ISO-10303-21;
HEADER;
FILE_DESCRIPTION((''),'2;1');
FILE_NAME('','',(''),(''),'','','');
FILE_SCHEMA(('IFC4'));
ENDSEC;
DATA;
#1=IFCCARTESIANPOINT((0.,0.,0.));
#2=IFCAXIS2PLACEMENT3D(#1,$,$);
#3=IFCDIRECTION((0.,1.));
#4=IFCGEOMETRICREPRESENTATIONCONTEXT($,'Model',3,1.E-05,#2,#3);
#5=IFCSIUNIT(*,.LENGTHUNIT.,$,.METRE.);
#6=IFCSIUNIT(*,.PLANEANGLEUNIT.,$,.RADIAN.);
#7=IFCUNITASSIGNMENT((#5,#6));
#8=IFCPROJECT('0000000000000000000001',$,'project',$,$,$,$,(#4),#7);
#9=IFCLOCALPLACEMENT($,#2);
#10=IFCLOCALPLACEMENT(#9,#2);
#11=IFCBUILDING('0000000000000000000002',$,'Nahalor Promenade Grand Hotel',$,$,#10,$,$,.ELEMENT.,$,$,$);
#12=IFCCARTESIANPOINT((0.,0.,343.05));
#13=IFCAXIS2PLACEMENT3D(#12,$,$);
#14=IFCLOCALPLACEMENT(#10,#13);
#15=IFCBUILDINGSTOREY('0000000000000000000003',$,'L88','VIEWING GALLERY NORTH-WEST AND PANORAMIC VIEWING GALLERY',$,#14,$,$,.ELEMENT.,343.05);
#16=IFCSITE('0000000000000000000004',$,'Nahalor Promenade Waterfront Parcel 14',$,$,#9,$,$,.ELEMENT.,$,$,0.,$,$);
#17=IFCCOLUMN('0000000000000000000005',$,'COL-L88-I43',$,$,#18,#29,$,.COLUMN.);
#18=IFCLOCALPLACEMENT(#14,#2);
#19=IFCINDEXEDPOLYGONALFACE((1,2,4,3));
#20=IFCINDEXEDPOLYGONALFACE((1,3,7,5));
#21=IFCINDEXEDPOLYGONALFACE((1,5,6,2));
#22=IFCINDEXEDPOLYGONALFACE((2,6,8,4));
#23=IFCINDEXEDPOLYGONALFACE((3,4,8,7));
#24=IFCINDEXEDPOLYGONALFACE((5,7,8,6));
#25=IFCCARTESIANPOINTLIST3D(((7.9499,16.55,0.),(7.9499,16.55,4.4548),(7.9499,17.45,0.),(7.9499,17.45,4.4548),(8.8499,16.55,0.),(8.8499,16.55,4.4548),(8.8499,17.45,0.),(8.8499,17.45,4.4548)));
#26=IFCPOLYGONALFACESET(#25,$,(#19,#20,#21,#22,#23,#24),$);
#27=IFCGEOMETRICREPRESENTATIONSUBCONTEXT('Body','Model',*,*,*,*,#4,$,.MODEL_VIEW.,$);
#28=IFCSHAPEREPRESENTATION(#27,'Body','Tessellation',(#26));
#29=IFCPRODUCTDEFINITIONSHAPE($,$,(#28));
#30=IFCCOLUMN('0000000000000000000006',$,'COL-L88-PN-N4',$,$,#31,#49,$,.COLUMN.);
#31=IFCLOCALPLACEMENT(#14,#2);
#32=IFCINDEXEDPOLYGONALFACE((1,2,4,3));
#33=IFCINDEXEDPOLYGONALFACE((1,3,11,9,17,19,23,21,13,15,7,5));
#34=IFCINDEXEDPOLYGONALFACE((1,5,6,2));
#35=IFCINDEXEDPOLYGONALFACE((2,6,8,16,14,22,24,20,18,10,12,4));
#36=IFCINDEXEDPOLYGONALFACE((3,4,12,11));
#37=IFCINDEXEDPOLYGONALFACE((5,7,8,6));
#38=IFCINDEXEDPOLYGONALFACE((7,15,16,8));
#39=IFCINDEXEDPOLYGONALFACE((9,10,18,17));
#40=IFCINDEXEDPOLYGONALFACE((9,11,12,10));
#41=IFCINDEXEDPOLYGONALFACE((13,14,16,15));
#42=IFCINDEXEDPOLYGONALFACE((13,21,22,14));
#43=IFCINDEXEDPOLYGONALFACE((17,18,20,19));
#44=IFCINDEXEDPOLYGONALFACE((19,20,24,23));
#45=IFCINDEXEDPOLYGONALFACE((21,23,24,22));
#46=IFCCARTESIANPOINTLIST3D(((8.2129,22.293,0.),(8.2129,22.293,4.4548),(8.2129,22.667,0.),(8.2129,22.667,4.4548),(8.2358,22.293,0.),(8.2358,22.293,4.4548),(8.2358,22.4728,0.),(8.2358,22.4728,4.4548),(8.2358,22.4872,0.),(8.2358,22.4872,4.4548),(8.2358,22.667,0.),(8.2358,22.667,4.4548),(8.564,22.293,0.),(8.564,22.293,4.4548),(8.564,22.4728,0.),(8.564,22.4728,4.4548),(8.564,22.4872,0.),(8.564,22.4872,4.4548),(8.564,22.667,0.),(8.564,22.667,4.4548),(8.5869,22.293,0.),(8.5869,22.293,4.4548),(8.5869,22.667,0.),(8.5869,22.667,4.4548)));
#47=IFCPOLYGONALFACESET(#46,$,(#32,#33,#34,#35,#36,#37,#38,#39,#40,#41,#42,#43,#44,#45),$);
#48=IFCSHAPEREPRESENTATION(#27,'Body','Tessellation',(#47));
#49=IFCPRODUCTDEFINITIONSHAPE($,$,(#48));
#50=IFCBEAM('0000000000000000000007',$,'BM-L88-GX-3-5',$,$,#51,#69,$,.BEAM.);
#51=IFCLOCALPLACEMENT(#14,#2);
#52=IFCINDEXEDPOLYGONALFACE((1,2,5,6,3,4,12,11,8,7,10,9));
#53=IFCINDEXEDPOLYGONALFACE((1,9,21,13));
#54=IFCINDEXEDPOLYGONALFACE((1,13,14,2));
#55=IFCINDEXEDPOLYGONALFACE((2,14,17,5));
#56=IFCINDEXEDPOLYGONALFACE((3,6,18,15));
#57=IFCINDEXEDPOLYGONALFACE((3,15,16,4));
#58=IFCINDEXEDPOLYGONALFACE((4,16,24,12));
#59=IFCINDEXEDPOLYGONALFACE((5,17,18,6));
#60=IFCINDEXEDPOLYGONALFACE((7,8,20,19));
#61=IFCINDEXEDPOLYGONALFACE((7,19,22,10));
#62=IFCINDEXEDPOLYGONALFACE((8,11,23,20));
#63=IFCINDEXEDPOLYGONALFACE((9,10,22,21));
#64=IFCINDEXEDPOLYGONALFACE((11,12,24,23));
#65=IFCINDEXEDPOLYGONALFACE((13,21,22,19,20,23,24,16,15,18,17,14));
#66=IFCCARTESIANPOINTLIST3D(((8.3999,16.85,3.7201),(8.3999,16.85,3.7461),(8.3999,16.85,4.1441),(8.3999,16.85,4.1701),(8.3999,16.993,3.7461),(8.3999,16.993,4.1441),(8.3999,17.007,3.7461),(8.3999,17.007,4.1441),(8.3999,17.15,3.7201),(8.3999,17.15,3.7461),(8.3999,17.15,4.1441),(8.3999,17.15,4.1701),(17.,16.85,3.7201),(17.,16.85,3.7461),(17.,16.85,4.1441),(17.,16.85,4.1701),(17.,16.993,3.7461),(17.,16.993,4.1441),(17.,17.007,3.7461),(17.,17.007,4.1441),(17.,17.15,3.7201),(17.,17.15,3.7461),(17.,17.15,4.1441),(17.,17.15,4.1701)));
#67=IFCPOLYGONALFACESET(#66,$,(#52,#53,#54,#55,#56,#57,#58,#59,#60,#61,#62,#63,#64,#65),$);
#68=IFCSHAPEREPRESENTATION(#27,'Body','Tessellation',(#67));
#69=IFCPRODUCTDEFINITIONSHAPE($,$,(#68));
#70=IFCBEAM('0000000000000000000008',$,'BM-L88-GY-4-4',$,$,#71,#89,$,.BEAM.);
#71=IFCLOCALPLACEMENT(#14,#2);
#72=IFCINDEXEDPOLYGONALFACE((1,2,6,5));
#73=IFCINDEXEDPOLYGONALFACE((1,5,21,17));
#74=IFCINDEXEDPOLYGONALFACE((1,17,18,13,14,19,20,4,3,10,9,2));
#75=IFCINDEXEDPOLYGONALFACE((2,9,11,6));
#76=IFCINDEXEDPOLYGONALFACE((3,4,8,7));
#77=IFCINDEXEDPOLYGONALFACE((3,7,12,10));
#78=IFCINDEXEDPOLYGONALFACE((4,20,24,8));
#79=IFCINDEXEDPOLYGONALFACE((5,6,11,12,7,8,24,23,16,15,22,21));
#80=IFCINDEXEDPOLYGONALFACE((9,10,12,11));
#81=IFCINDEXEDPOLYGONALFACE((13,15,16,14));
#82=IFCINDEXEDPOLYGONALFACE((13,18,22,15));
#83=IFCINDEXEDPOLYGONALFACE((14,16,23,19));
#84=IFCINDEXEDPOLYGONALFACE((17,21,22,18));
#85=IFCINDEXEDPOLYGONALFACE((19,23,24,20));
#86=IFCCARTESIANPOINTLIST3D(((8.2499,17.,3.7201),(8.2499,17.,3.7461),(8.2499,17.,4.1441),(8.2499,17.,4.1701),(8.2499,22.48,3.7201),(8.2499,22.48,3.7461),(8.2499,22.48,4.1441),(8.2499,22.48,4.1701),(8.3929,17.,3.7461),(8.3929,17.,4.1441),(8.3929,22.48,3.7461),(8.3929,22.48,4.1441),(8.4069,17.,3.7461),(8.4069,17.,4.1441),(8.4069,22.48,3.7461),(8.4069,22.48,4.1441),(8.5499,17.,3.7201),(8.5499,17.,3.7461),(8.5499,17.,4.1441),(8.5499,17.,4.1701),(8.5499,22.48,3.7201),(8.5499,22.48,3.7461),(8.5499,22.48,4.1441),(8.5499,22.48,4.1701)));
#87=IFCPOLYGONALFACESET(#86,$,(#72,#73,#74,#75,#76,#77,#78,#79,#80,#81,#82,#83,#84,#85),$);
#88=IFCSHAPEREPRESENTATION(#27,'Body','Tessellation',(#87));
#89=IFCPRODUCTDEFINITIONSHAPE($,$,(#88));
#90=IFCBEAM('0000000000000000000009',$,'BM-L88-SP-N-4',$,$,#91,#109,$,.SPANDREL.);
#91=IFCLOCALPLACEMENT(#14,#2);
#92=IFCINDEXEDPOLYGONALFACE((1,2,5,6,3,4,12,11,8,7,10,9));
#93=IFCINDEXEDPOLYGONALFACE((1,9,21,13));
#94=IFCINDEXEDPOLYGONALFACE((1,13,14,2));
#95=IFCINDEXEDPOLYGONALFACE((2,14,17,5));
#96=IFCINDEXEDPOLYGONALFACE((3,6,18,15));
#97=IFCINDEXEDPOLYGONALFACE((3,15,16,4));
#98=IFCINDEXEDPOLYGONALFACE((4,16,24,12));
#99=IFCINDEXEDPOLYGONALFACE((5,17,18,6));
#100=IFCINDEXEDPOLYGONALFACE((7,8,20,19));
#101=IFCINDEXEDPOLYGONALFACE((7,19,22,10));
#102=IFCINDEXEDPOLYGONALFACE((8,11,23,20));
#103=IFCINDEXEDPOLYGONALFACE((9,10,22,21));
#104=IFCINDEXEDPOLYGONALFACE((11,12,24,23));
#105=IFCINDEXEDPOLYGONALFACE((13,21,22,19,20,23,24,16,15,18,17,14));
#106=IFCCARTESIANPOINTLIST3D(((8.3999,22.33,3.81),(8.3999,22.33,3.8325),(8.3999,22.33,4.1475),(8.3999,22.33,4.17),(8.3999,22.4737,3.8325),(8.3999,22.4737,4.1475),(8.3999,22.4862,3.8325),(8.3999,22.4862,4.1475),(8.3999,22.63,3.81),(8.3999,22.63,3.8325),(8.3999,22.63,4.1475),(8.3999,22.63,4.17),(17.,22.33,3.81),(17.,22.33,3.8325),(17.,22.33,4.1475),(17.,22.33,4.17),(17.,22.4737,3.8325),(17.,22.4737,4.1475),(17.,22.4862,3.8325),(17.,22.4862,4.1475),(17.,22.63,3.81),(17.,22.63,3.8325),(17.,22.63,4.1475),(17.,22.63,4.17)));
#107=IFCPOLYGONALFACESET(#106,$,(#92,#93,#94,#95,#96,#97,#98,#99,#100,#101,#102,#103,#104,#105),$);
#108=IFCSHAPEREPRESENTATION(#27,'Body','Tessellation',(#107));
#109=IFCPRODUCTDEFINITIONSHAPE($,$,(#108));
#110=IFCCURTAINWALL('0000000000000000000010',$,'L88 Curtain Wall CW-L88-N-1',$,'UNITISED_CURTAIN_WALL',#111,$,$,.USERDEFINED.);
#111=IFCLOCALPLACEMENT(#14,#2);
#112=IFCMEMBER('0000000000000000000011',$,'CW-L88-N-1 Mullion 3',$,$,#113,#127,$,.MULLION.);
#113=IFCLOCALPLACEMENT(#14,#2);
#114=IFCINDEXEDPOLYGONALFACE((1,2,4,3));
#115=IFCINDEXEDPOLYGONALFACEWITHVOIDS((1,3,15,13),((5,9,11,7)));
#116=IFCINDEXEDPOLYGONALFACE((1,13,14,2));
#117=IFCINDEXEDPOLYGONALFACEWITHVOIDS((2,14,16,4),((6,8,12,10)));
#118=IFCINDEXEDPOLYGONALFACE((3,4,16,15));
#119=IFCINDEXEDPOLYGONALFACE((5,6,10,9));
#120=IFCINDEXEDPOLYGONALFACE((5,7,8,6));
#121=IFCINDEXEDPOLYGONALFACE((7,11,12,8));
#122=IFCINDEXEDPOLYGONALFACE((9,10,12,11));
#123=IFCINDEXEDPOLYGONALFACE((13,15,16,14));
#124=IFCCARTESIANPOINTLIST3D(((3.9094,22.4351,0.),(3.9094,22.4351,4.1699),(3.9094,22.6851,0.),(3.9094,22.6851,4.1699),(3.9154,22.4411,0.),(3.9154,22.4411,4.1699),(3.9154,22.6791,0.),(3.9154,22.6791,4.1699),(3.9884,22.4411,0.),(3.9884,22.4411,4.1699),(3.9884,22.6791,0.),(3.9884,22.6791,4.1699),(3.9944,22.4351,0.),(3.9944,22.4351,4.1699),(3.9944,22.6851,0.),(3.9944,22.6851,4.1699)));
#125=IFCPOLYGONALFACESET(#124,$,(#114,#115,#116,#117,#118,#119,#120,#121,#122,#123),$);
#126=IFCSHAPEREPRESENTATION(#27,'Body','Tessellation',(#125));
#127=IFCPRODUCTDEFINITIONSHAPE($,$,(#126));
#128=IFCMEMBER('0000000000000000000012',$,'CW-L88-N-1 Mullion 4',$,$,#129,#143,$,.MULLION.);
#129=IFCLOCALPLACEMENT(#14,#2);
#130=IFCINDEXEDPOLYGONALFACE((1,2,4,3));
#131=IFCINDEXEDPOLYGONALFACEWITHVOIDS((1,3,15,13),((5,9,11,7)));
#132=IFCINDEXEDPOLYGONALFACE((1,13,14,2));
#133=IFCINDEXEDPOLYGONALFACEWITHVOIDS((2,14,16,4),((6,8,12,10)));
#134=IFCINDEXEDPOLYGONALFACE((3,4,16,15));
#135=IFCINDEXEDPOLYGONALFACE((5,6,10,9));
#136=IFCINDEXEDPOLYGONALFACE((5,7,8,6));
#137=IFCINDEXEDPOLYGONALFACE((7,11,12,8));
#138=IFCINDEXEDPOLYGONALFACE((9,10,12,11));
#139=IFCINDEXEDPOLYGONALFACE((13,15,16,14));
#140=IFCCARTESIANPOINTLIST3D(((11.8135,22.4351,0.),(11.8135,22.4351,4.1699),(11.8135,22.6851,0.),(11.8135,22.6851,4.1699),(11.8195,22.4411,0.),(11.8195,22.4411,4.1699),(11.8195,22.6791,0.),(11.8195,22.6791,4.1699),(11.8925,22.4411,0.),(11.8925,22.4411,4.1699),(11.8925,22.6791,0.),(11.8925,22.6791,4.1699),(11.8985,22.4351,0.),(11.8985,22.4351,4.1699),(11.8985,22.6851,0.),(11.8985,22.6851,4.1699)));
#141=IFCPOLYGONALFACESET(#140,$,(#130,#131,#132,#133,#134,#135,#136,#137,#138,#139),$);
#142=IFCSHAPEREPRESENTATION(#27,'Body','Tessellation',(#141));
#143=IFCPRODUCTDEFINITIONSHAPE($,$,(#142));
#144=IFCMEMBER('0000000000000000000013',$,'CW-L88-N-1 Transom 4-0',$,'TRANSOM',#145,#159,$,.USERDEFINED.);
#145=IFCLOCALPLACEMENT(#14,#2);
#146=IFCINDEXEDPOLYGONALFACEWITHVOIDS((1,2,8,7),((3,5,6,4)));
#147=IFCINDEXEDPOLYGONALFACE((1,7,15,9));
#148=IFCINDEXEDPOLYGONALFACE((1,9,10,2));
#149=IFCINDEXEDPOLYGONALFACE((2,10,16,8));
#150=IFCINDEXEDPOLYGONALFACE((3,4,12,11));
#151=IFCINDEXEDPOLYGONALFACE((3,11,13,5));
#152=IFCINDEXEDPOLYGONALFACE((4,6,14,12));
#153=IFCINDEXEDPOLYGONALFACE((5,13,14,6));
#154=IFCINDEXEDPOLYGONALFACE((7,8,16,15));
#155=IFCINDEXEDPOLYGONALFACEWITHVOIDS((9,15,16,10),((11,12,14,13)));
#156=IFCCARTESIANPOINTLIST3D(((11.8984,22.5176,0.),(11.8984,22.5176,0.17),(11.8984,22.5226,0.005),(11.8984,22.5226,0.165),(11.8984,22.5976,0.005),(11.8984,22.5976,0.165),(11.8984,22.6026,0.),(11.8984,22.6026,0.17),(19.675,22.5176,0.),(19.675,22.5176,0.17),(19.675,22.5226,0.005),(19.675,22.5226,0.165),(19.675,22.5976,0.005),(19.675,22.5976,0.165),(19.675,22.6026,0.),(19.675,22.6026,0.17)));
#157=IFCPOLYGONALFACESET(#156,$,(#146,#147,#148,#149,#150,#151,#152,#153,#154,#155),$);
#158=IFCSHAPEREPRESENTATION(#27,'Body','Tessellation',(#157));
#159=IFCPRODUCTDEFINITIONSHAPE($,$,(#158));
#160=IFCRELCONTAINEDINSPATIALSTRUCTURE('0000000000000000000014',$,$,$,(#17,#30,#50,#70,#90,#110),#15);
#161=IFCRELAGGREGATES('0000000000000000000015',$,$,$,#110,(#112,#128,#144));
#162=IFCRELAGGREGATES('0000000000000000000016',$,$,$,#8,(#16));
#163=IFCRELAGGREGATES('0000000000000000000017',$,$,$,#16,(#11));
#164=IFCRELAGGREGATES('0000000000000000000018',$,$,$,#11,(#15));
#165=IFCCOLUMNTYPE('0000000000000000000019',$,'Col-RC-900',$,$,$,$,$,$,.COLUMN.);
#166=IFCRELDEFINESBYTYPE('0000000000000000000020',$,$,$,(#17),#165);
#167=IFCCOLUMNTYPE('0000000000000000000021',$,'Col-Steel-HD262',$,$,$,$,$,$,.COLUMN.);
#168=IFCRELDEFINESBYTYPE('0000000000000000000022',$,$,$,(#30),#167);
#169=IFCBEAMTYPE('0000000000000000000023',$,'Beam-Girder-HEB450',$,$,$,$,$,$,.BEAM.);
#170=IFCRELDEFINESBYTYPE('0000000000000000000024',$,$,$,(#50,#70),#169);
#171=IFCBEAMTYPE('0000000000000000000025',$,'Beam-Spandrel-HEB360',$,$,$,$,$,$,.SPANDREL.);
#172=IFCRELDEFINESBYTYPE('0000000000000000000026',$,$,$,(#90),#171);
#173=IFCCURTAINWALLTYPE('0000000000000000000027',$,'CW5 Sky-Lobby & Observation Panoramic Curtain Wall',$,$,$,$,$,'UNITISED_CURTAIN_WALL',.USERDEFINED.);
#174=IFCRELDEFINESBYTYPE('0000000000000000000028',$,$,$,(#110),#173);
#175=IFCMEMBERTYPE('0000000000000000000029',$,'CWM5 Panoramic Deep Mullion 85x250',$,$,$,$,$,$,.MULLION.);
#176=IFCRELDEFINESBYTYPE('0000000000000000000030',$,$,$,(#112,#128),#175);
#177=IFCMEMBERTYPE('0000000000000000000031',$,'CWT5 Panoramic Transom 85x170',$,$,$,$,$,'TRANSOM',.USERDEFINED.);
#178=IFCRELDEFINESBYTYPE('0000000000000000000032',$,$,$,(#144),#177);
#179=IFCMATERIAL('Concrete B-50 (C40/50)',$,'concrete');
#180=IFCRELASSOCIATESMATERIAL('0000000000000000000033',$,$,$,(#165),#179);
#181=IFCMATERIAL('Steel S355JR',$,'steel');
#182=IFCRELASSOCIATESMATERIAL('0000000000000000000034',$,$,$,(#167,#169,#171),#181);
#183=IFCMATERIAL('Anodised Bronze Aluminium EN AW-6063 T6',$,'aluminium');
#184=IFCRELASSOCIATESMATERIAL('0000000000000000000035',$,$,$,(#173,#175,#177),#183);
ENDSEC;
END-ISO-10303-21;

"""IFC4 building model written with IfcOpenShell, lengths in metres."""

from ifc_helpers import new_model, si_unit, direction, frame, origin, origin_2d, place, context, subcontext, project, spatial, rectangle, hollow_rectangle, i_section, extrude, source, transform, mapped, material, material_profile, profile_set, type_object, element, aggregate, save


model = new_model("IFC4")

# Units and contexts
model_context = context("Model", 3, precision=1e-05, world=origin(), true_north=direction((0.0, 1.0)))
body_context = subcontext(model_context, "Body", "Model", "MODEL_VIEW")
ifc_project = project(units=[si_unit("LENGTHUNIT", "METRE"), si_unit("PLANEANGLEUNIT", "RADIAN")], contexts=[model_context])

# Site, building, storey
site_placement = place(None, origin())
site = spatial("IfcSite", under=ifc_project, at=site_placement, Name="Nahalor Promenade Waterfront Parcel 14", CompositionType="ELEMENT", RefElevation=0.0)
building_placement = place(site_placement, origin())
building = spatial("IfcBuilding", under=site, at=building_placement, Name="Nahalor Promenade Grand Hotel", CompositionType="ELEMENT")
storey_placement = place(building_placement, frame((0.0, 0.0, 343.05)))
storey = spatial("IfcBuildingStorey", under=building, at=storey_placement, Name="L88", Description="VIEWING GALLERY NORTH-WEST AND PANORAMIC VIEWING GALLERY", CompositionType="ELEMENT", Elevation=343.05)

# Columns
ifc_material_1 = material(Name="Concrete B-50 (C40/50)", Category="concrete")
ifc_material_profile_1 = material_profile(ifc_material_1, rectangle(XDim=0.9, YDim=0.9, at=origin_2d()), Name="RC 900x900")
ifc_profile_set_1 = profile_set([ifc_material_profile_1], Name="Concrete B-50 (C40/50)")
column_type_1 = type_object("IfcColumnType", Name="Col-RC-900", PredefinedType="COLUMN", material=ifc_profile_set_1)
shared_shape_1 = source(origin(), body_context, "Body", "SweptSolid", [
    extrude(rectangle(XDim=0.9, YDim=0.9, at=origin_2d()), origin(), (0.0, 0.0, 1.0), 4.4548),
])
column_1_placement = place(storey_placement, frame((8.3999, 17.0, 0.0), z_axis=(0.0, 0.0, 1.0), x_axis=(1.0, 0.0, 0.0)))
element("IfcColumn", 1, at=column_1_placement, inside=storey, type_object=column_type_1, Name="COL-L88-I43", PredefinedType="COLUMN", context=body_context, shape_type="MappedRepresentation", body=[
    mapped(shared_shape_1, transform((0.0, 0.0, 0.0), scale=1.0)),
])
ifc_material_2 = material(Name="Steel S355JR", Category="steel")
ifc_material_profile_2 = material_profile(ifc_material_2, i_section(OverallWidth=0.374, OverallDepth=0.374, WebThickness=0.0144, FlangeThickness=0.0229, at=origin_2d()), Name="HD 360x262")
ifc_profile_set_2 = profile_set([ifc_material_profile_2], Name="Steel S355JR")
column_type_2 = type_object("IfcColumnType", Name="Col-Steel-HD262", PredefinedType="COLUMN", material=ifc_profile_set_2)
shared_shape_2 = source(origin(), body_context, "Body", "SweptSolid", [
    extrude(i_section(OverallWidth=0.374, OverallDepth=0.374, WebThickness=0.0144, FlangeThickness=0.0229, at=origin_2d()), origin(), (0.0, 0.0, 1.0), 4.4548),
])
column_2_placement = place(storey_placement, frame((8.3999, 22.48, 0.0), z_axis=(0.0, 0.0, 1.0), x_axis=(0.0, 1.0, 0.0)))
element("IfcColumn", 2, at=column_2_placement, inside=storey, type_object=column_type_2, Name="COL-L88-PN-N4", PredefinedType="COLUMN", context=body_context, shape_type="MappedRepresentation", body=[
    mapped(shared_shape_2, transform((0.0, 0.0, 0.0), scale=1.0)),
])

# Beams
ifc_material_profile_3 = material_profile(ifc_material_2, i_section(OverallWidth=0.3, OverallDepth=0.45, WebThickness=0.014, FlangeThickness=0.026, at=origin_2d()), Name="HEB 450")
ifc_profile_set_3 = profile_set([ifc_material_profile_3], Name="Steel S355JR")
beam_type_1 = type_object("IfcBeamType", Name="Beam-Girder-HEB450", PredefinedType="BEAM", material=ifc_profile_set_3)
shared_shape_3 = source(origin(), body_context, "Body", "SweptSolid", [
    extrude(i_section(OverallWidth=0.3, OverallDepth=0.45, WebThickness=0.014, FlangeThickness=0.026, at=origin_2d()), origin(), (0.0, 0.0, 1.0), 8.6001),
])
beam_1_placement = place(storey_placement, frame((8.3999, 17.0, 3.9451), z_axis=(1.0, 0.0, 0.0), x_axis=(0.0, 1.0, 0.0)))
element("IfcBeam", 3, at=beam_1_placement, inside=storey, type_object=beam_type_1, Name="BM-L88-GX-3-5", PredefinedType="BEAM", context=body_context, shape_type="MappedRepresentation", body=[
    mapped(shared_shape_3, transform((0.0, 0.0, 0.0), scale=1.0)),
])
shared_shape_4 = source(origin(), body_context, "Body", "SweptSolid", [
    extrude(i_section(OverallWidth=0.3, OverallDepth=0.45, WebThickness=0.014, FlangeThickness=0.026, at=origin_2d()), origin(), (0.0, 0.0, 1.0), 5.48),
])
beam_2_placement = place(storey_placement, frame((8.3999, 17.0, 3.9451), z_axis=(0.0, 1.0, 0.0), x_axis=(-1.0, 0.0, 0.0)))
element("IfcBeam", 4, at=beam_2_placement, inside=storey, type_object=beam_type_1, Name="BM-L88-GY-4-4", PredefinedType="BEAM", context=body_context, shape_type="MappedRepresentation", body=[
    mapped(shared_shape_4, transform((0.0, 0.0, 0.0), scale=1.0)),
])
ifc_material_profile_4 = material_profile(ifc_material_2, i_section(OverallWidth=0.3, OverallDepth=0.36, WebThickness=0.0125, FlangeThickness=0.0225, at=origin_2d()), Name="HEB 360")
ifc_profile_set_4 = profile_set([ifc_material_profile_4], Name="Steel S355JR")
beam_type_2 = type_object("IfcBeamType", Name="Beam-Spandrel-HEB360", PredefinedType="SPANDREL", material=ifc_profile_set_4)
shared_shape_5 = source(origin(), body_context, "Body", "SweptSolid", [
    extrude(i_section(OverallWidth=0.3, OverallDepth=0.36, WebThickness=0.0125, FlangeThickness=0.0225, at=origin_2d()), origin(), (0.0, 0.0, 1.0), 8.6001),
])
beam_3_placement = place(storey_placement, frame((8.3999, 22.48, 3.99), z_axis=(1.0, 0.0, 0.0), x_axis=(0.0, 1.0, 0.0)))
element("IfcBeam", 5, at=beam_3_placement, inside=storey, type_object=beam_type_2, Name="BM-L88-SP-N-4", PredefinedType="SPANDREL", context=body_context, shape_type="MappedRepresentation", body=[
    mapped(shared_shape_5, transform((0.0, 0.0, 0.0), scale=1.0)),
])

# Curtain wall, members
ifc_material_3 = material(Name="Anodised Bronze Aluminium EN AW-6063 T6", Category="aluminium")
curtain_wall_type = type_object("IfcCurtainWallType", Name="CW5 Sky-Lobby & Observation Panoramic Curtain Wall", ElementType="UNITISED_CURTAIN_WALL", PredefinedType="USERDEFINED", material=ifc_material_3)
curtain_wall_placement = place(storey_placement, origin())
curtain_wall = element("IfcCurtainWall", 6, at=curtain_wall_placement, inside=storey, type_object=curtain_wall_type, Name="L88 Curtain Wall CW-L88-N-1", ObjectType="UNITISED_CURTAIN_WALL", PredefinedType="USERDEFINED")
ifc_material_profile_5 = material_profile(ifc_material_3, hollow_rectangle(XDim=0.085, YDim=0.25, WallThickness=0.006, at=origin_2d()), Name="CWM 85x250x6")
ifc_profile_set_5 = profile_set([ifc_material_profile_5], Name="Anodised Bronze Aluminium EN AW-6063 T6")
member_type_1 = type_object("IfcMemberType", Name="CWM5 Panoramic Deep Mullion 85x250", PredefinedType="MULLION", material=ifc_profile_set_5)
shared_shape_6 = source(origin(), body_context, "Body", "SweptSolid", [
    extrude(hollow_rectangle(XDim=0.085, YDim=0.25, WallThickness=0.006, at=origin_2d()), origin(), (0.0, 0.0, 1.0), 4.1699),
])
member_1_placement = place(storey_placement, frame((3.9519, 22.5601, 0.0), z_axis=(0.0, 0.0, 1.0), x_axis=(1.0, 0.0, 0.0)))
member_1 = element("IfcMember", 7, at=member_1_placement, type_object=member_type_1, Name="CW-L88-N-1 Mullion 3", PredefinedType="MULLION", context=body_context, shape_type="MappedRepresentation", body=[
    mapped(shared_shape_6, transform((0.0, 0.0, 0.0), scale=1.0)),
])
member_2_placement = place(storey_placement, frame((11.856, 22.5601, 0.0), z_axis=(0.0, 0.0, 1.0), x_axis=(1.0, 0.0, 0.0)))
member_2 = element("IfcMember", 8, at=member_2_placement, type_object=member_type_1, Name="CW-L88-N-1 Mullion 4", PredefinedType="MULLION", context=body_context, shape_type="MappedRepresentation", body=[
    mapped(shared_shape_6, transform((0.0, 0.0, 0.0), scale=1.0)),
])
ifc_material_profile_6 = material_profile(ifc_material_3, hollow_rectangle(XDim=0.085, YDim=0.17, WallThickness=0.005, at=origin_2d()), Name="CWT 85x170x5")
ifc_profile_set_6 = profile_set([ifc_material_profile_6], Name="Anodised Bronze Aluminium EN AW-6063 T6")
member_type_2 = type_object("IfcMemberType", Name="CWT5 Panoramic Transom 85x170", ElementType="TRANSOM", PredefinedType="USERDEFINED", material=ifc_profile_set_6)
shared_shape_7 = source(origin(), body_context, "Body", "SweptSolid", [
    extrude(hollow_rectangle(XDim=0.085, YDim=0.17, WallThickness=0.005, at=origin_2d()), origin(), (0.0, 0.0, 1.0), 7.7766),
])
member_3_placement = place(storey_placement, frame((11.8984, 22.5601, 0.085), z_axis=(1.0, 0.0, 0.0), x_axis=(0.0, 1.0, 0.0)))
member_3 = element("IfcMember", 9, at=member_3_placement, type_object=member_type_2, Name="CW-L88-N-1 Transom 4-0", ObjectType="TRANSOM", PredefinedType="USERDEFINED", context=body_context, shape_type="MappedRepresentation", body=[
    mapped(shared_shape_7, transform((0.0, 0.0, 0.0), scale=1.0)),
])
aggregate(curtain_wall, [member_1, member_2, member_3])

save(model, "model.ifc")
